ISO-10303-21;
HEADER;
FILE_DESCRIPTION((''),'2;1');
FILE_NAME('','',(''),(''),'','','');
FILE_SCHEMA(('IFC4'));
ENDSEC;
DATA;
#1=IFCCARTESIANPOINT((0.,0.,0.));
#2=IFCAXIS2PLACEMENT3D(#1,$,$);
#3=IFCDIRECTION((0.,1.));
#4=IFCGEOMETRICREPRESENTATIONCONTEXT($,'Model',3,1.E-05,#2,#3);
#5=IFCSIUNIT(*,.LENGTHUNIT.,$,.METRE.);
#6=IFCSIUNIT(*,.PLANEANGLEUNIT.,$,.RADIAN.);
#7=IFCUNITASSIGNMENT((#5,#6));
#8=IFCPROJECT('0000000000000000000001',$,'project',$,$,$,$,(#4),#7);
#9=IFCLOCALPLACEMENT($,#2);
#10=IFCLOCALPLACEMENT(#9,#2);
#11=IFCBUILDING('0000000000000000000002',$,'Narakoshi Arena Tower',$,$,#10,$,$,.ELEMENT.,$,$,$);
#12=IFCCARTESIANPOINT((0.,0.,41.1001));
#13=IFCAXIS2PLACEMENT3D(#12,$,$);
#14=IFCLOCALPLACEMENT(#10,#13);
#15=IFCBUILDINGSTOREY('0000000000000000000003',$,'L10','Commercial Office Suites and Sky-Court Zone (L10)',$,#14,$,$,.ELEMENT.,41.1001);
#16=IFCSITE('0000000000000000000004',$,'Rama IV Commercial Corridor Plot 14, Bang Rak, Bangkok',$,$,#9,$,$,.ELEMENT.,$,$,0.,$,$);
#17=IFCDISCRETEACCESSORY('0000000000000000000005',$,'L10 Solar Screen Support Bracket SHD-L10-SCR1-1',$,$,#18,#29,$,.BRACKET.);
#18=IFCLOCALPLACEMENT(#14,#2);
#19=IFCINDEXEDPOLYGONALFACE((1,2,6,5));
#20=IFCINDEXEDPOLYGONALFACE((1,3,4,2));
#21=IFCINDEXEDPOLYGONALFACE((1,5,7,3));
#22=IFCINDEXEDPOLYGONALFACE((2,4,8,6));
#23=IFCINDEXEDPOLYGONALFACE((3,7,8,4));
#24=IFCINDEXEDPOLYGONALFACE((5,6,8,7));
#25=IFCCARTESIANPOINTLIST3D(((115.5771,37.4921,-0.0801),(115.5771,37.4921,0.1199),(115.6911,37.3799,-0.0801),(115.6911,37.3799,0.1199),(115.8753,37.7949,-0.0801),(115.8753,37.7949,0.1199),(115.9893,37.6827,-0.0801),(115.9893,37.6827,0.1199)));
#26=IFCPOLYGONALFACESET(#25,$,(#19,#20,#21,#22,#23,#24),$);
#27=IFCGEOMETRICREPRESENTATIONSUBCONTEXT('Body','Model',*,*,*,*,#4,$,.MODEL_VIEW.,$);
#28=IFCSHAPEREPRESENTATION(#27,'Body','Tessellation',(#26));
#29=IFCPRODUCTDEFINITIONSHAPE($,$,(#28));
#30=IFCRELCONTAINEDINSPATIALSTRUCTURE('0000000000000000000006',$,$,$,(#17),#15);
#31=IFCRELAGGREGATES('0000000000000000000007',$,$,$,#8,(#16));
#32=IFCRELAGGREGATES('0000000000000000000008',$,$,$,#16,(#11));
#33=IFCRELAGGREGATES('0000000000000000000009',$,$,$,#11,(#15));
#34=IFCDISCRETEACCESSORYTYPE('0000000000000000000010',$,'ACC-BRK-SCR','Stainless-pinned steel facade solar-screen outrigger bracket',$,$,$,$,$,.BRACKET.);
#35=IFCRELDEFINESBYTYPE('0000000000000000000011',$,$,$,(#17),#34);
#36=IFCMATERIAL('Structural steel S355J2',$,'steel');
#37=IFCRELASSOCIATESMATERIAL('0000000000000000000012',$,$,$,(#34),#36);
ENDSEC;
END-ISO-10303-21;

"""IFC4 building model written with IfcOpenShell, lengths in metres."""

from ifc_helpers import new_model, si_unit, direction, frame, origin, origin_2d, place, context, subcontext, project, spatial, rectangle, extrude, material, type_object, element, save


model = new_model("IFC4")

# Units and contexts
model_context = context("Model", 3, precision=1e-05, world=origin(), true_north=direction((0.0, 1.0)))
body_context = subcontext(model_context, "Body", "Model", "MODEL_VIEW")
ifc_project = project(units=[si_unit("LENGTHUNIT", "METRE"), si_unit("PLANEANGLEUNIT", "RADIAN")], contexts=[model_context])

# Site, building, storey
site_placement = place(None, origin())
site = spatial("IfcSite", under=ifc_project, at=site_placement, Name="Rama IV Commercial Corridor Plot 14, Bang Rak, Bangkok", CompositionType="ELEMENT", RefElevation=0.0)
building_placement = place(site_placement, origin())
building = spatial("IfcBuilding", under=site, at=building_placement, Name="Narakoshi Arena Tower", CompositionType="ELEMENT")
storey_placement = place(building_placement, frame((0.0, 0.0, 41.1001)))
storey = spatial("IfcBuildingStorey", under=building, at=storey_placement, Name="L10", Description="Commercial Office Suites and Sky-Court Zone (L10)", CompositionType="ELEMENT", Elevation=41.1001)

# Shared definitions
ifc_material_1 = material(Name="Structural steel S355J2", Category="steel")

# Discrete accessory
discrete_accessory_type = type_object("IfcDiscreteAccessoryType", Name="ACC-BRK-SCR", Description="Stainless-pinned steel facade solar-screen outrigger bracket", PredefinedType="BRACKET", material=ifc_material_1)
discrete_accessory_placement = place(storey_placement, frame((115.7832, 37.5874, -0.0801), z_axis=(0.0, 0.0, 1.0), x_axis=(-0.712541, 0.701631, 0.0)))
element("IfcDiscreteAccessory", 1, at=discrete_accessory_placement, inside=storey, type_object=discrete_accessory_type, Name="L10 Solar Screen Support Bracket SHD-L10-SCR1-1", PredefinedType="BRACKET", context=body_context, shape_type="SweptSolid", body=[
    extrude(rectangle(XDim=0.1599, YDim=0.425, at=origin_2d()), origin(), (0.0, 0.0, 1.0), 0.2),
])

save(model, "model.ifc")
